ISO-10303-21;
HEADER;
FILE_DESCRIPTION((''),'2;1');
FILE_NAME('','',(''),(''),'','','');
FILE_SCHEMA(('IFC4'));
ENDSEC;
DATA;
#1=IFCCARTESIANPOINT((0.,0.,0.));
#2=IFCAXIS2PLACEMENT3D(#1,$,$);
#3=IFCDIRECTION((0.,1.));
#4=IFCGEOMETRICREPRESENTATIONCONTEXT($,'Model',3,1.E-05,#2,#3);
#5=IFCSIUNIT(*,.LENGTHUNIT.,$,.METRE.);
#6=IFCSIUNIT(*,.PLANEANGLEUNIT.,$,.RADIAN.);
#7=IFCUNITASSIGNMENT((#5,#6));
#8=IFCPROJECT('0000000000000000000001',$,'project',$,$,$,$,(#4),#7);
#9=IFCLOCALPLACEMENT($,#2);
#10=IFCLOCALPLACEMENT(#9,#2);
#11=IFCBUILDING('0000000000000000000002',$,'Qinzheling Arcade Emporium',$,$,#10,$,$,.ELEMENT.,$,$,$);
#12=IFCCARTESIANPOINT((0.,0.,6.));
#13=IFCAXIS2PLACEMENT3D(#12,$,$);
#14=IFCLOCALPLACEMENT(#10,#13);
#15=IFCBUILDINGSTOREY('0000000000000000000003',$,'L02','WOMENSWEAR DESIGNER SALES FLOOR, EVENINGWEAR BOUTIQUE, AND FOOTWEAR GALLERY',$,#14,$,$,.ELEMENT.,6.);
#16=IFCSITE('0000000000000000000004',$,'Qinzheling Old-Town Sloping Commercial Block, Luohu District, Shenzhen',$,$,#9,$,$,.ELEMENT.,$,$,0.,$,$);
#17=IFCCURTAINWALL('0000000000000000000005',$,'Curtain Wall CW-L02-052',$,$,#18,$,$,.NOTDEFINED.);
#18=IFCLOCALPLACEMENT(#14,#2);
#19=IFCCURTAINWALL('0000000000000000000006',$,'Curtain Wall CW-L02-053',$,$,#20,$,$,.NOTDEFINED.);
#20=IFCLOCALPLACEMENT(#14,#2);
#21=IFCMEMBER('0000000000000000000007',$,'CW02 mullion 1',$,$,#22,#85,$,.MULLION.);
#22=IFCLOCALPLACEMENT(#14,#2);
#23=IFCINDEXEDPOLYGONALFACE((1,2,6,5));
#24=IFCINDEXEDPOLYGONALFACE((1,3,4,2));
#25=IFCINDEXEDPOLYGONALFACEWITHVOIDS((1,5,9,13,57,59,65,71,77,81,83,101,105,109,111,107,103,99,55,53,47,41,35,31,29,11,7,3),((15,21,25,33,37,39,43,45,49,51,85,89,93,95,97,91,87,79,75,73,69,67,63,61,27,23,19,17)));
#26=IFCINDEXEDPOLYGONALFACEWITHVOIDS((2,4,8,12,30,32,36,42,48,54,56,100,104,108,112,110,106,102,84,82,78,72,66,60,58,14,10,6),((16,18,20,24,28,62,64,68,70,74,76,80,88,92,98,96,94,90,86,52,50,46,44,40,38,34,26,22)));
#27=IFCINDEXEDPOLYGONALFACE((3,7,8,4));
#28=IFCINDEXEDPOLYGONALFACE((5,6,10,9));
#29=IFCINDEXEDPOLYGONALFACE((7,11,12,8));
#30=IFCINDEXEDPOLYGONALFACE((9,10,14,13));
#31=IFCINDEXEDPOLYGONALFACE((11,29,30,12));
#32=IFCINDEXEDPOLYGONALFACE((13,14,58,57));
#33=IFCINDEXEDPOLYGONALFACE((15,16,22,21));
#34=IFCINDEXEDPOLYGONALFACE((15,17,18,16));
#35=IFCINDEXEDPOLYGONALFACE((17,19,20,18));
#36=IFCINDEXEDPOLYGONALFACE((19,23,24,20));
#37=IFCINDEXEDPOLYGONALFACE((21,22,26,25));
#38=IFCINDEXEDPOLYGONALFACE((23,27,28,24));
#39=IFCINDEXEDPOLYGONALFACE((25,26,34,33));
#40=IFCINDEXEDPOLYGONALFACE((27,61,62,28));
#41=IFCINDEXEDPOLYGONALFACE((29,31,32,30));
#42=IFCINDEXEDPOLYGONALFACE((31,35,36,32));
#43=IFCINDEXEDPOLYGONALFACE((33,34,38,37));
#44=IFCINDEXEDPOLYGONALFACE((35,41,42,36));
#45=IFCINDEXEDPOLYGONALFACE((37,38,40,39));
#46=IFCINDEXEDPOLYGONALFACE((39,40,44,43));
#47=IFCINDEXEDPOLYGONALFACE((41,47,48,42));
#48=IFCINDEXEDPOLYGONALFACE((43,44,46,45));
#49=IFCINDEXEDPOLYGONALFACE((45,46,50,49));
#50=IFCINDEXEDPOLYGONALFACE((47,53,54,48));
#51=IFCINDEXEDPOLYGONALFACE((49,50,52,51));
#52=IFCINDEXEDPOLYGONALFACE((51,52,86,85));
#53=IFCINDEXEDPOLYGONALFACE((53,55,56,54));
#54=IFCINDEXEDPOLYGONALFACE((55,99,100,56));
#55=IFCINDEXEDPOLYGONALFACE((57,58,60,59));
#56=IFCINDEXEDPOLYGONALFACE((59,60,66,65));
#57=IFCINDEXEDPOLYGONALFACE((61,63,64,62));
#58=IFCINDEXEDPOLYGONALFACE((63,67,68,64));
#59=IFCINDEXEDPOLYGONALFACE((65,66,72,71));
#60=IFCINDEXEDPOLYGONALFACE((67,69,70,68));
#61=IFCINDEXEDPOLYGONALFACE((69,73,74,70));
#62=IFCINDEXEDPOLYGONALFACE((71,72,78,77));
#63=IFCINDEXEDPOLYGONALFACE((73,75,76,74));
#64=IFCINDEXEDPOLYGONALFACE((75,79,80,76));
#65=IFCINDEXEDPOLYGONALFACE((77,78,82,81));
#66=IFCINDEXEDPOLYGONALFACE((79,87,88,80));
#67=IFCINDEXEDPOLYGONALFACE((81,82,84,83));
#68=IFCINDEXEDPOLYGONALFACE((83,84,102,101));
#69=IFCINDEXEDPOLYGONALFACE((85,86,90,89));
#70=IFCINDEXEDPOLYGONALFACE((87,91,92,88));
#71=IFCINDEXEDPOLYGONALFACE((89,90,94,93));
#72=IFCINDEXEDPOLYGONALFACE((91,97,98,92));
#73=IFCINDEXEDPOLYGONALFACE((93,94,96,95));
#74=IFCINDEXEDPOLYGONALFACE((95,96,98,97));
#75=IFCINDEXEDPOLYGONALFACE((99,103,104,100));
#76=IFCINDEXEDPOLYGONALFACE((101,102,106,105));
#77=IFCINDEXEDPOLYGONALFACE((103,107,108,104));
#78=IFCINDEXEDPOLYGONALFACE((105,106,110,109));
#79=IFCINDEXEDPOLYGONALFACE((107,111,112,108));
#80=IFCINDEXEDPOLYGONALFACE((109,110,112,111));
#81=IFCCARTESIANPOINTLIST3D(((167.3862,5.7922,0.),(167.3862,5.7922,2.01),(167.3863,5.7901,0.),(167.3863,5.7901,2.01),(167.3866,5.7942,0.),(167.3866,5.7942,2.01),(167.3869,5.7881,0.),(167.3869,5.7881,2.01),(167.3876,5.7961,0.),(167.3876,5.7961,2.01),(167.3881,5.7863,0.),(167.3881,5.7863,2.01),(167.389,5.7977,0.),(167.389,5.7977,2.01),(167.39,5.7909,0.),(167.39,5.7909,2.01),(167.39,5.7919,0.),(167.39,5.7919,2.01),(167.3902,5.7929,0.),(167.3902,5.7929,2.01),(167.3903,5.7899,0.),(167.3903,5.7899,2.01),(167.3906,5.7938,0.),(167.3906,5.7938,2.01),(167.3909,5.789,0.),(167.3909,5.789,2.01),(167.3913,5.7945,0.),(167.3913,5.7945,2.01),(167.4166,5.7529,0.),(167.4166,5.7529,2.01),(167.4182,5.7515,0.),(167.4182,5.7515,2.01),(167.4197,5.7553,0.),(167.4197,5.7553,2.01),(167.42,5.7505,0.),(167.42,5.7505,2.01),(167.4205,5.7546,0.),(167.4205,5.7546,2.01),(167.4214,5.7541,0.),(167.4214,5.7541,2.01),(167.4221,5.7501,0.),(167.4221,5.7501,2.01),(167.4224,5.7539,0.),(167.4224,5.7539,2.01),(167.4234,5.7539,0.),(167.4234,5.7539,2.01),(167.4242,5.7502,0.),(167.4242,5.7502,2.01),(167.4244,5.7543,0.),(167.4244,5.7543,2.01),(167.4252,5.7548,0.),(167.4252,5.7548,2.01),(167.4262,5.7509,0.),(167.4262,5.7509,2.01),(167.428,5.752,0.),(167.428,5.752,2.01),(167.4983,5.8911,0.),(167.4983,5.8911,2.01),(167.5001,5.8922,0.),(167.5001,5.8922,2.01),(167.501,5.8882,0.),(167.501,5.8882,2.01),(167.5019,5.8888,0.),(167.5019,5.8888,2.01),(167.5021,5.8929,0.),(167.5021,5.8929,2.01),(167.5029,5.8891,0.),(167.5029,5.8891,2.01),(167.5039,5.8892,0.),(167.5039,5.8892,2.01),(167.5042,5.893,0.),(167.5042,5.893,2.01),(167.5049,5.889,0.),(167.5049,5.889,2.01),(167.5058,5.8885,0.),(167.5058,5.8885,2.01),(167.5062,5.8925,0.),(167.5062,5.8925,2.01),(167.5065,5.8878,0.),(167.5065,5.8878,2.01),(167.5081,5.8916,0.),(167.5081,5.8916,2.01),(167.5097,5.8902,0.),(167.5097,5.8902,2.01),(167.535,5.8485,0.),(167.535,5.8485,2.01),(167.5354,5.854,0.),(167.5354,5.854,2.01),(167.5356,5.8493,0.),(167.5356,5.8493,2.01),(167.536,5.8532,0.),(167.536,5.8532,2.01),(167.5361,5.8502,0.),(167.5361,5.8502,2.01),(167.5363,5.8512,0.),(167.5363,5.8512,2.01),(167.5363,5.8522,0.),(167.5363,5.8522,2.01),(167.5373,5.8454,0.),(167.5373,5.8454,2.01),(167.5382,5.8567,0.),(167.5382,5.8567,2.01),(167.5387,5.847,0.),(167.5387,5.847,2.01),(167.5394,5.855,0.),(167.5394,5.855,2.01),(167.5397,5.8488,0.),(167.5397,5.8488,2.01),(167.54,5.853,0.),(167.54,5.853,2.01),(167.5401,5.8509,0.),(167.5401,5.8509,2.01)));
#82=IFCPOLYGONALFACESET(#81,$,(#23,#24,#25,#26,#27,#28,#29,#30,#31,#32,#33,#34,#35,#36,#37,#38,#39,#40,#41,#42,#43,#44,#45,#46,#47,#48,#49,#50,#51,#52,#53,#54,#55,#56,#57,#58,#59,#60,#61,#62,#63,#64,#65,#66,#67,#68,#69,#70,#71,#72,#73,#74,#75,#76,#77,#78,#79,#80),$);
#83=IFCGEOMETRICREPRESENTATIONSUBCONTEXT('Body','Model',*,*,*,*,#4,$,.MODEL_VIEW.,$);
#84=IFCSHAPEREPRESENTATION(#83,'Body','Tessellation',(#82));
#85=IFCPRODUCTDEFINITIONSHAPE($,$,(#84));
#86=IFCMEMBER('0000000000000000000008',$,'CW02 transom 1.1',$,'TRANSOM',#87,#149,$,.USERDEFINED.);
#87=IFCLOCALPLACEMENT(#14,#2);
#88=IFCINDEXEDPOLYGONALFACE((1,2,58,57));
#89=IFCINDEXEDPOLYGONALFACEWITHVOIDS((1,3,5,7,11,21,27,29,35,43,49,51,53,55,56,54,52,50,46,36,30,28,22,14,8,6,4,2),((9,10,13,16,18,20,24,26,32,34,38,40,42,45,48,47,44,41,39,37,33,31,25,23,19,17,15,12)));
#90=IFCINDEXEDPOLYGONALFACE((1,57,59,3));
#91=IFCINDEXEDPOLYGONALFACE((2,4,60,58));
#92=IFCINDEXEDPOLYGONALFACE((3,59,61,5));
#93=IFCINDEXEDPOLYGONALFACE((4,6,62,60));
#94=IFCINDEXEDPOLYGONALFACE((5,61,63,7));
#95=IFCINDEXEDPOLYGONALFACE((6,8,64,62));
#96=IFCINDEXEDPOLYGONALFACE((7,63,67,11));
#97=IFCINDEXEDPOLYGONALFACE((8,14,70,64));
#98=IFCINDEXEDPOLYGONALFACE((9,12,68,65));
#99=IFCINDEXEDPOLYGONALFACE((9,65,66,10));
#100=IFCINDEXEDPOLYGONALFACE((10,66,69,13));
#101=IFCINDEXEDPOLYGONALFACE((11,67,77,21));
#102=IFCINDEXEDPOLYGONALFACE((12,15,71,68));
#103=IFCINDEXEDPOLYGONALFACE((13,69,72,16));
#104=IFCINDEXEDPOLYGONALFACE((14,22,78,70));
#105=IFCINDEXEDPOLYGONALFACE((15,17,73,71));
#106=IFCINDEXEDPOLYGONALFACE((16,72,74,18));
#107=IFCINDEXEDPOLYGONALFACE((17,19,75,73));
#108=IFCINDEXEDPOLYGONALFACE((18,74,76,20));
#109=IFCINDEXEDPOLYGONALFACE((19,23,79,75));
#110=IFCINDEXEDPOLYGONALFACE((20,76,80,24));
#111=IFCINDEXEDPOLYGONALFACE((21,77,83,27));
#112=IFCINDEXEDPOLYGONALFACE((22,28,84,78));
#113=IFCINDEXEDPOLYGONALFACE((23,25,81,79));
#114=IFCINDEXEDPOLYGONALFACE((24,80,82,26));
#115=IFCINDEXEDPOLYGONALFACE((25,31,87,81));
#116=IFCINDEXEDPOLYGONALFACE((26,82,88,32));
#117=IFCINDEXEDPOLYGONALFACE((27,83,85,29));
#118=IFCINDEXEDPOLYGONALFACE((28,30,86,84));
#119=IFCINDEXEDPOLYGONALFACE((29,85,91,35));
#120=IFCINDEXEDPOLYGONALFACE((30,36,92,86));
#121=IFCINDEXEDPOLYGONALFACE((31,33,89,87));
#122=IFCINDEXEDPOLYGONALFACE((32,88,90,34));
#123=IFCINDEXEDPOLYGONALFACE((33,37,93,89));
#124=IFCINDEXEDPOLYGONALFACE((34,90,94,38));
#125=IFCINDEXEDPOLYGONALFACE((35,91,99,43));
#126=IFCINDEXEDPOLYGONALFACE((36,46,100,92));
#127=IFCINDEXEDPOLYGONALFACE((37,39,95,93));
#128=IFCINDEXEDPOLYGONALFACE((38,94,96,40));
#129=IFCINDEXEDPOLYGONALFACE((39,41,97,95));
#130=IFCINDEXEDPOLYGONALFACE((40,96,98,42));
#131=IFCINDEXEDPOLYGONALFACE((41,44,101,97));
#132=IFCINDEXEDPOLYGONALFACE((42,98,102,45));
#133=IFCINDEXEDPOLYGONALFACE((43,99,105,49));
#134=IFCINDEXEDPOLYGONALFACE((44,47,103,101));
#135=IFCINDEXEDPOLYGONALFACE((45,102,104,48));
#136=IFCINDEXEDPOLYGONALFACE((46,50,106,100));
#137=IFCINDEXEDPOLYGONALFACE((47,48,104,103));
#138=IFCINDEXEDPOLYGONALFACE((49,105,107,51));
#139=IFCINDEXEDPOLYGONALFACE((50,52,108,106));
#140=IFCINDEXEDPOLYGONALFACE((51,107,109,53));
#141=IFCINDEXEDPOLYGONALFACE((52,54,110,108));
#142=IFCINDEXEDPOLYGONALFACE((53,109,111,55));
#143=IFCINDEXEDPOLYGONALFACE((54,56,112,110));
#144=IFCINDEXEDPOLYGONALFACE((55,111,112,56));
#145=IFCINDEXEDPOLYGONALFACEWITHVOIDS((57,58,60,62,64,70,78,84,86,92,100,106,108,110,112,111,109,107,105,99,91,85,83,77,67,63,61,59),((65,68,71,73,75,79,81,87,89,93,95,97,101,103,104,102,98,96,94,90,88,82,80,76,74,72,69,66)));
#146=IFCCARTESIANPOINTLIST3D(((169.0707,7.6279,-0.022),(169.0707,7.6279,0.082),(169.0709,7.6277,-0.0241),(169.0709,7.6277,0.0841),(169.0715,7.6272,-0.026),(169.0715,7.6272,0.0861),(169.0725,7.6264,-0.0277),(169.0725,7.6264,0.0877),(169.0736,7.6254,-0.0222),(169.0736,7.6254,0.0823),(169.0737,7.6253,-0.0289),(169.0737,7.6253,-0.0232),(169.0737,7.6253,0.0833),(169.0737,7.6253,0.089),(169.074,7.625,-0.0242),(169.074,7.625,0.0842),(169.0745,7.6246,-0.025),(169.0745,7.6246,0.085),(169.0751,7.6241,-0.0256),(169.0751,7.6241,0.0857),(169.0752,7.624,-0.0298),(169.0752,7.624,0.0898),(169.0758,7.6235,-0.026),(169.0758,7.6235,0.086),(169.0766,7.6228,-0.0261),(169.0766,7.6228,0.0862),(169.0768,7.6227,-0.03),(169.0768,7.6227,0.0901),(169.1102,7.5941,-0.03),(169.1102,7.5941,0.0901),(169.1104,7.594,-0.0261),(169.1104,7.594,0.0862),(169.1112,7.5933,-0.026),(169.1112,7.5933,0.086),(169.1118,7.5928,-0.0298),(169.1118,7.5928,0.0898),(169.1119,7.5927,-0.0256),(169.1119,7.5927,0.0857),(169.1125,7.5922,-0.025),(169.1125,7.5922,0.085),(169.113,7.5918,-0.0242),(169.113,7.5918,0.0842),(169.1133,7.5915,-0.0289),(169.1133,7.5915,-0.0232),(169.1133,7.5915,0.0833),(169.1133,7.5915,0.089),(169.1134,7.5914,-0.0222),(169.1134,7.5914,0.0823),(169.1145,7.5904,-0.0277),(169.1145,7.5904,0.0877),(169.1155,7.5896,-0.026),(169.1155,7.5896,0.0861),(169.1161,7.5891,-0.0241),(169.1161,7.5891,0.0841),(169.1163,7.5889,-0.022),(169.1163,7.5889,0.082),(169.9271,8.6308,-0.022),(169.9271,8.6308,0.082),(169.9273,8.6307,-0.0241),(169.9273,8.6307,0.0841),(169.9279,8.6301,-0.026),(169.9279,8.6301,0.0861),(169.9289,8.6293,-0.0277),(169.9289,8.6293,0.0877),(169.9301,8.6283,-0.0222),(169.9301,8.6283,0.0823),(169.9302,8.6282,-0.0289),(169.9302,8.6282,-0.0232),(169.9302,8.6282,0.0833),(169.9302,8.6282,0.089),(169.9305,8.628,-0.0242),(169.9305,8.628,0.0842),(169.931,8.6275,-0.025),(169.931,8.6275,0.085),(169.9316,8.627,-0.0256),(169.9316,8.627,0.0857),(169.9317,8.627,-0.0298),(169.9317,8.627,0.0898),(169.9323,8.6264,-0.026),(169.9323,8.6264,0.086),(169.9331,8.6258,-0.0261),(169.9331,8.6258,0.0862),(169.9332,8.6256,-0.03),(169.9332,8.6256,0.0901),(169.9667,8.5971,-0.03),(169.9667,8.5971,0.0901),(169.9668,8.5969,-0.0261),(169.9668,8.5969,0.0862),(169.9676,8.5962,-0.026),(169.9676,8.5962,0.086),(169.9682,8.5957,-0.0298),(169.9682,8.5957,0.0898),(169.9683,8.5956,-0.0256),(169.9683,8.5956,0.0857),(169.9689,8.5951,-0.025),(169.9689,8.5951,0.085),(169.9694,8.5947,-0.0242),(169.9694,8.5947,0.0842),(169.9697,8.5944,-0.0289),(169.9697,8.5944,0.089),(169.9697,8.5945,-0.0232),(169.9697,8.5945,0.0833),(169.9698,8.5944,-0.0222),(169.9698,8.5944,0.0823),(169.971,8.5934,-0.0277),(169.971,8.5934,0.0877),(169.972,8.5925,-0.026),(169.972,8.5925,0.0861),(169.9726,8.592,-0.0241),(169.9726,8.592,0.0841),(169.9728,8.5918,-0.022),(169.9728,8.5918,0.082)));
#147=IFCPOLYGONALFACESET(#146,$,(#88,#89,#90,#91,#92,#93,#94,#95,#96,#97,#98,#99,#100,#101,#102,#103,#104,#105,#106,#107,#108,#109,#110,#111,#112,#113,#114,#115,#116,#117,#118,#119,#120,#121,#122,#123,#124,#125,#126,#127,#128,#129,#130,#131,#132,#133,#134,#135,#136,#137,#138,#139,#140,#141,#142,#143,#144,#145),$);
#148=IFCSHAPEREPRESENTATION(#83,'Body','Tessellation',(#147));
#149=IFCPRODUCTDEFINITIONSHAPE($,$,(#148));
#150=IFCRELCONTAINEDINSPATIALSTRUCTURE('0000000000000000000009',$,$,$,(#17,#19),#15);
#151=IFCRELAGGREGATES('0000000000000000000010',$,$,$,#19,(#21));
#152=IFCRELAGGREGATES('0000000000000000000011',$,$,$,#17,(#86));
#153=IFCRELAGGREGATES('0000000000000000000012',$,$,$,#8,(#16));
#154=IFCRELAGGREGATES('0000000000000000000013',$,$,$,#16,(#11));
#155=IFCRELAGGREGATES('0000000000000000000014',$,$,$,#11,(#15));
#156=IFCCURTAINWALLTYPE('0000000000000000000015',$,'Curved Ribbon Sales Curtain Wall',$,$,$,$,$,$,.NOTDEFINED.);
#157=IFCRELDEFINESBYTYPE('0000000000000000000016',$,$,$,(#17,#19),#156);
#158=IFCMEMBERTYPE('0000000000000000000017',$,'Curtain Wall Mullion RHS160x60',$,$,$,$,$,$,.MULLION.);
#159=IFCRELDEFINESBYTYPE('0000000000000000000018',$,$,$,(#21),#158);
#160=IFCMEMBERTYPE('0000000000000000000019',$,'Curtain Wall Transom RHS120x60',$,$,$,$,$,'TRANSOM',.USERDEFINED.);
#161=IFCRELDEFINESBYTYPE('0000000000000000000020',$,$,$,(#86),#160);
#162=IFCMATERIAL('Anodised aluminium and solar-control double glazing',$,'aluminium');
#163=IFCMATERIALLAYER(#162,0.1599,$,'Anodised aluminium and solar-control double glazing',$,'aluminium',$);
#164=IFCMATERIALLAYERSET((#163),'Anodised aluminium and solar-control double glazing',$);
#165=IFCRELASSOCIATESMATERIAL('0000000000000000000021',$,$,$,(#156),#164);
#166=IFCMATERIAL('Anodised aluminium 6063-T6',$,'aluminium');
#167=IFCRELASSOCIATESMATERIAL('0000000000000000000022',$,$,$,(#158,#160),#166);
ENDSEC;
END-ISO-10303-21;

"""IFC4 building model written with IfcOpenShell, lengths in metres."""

from ifc_helpers import new_model, si_unit, direction, frame, origin, origin_2d, place, context, subcontext, project, spatial, hollow_rectangle, extrude, material, layer, layer_set, material_profile, profile_set, type_object, element, aggregate, save


model = new_model("IFC4")

# Units and contexts
model_context = context("Model", 3, precision=1e-05, world=origin(), true_north=direction((0.0, 1.0)))
body_context = subcontext(model_context, "Body", "Model", "MODEL_VIEW")
ifc_project = project(units=[si_unit("LENGTHUNIT", "METRE"), si_unit("PLANEANGLEUNIT", "RADIAN")], contexts=[model_context])

# Site, building, storey
site_placement = place(None, origin())
site = spatial("IfcSite", under=ifc_project, at=site_placement, Name="Qinzheling Old-Town Sloping Commercial Block, Luohu District, Shenzhen", CompositionType="ELEMENT", RefElevation=0.0)
building_placement = place(site_placement, origin())
building = spatial("IfcBuilding", under=site, at=building_placement, Name="Qinzheling Arcade Emporium", CompositionType="ELEMENT")
storey_placement = place(building_placement, frame((0.0, 0.0, 6.0)))
storey = spatial("IfcBuildingStorey", under=building, at=storey_placement, Name="L02", Description="WOMENSWEAR DESIGNER SALES FLOOR, EVENINGWEAR BOUTIQUE, AND FOOTWEAR GALLERY", CompositionType="ELEMENT", Elevation=6.0)

# Curtain wall
ifc_material_1 = material(Name="Anodised aluminium and solar-control double glazing", Category="aluminium")
ifc_layer_1 = layer(ifc_material_1, 0.1599, Name="Anodised aluminium and solar-control double glazing", Category="aluminium")
ifc_layer_set_1 = layer_set([ifc_layer_1], Name="Anodised aluminium and solar-control double glazing")
curtain_wall_type = type_object("IfcCurtainWallType", Name="Curved Ribbon Sales Curtain Wall", PredefinedType="NOTDEFINED", material=ifc_layer_set_1)
curtain_wall_1_placement = place(storey_placement, origin())
curtain_wall_1 = element("IfcCurtainWall", 1, at=curtain_wall_1_placement, inside=storey, type_object=curtain_wall_type, Name="Curtain Wall CW-L02-052", PredefinedType="NOTDEFINED")
ifc_material_2 = material(Name="Anodised aluminium 6063-T6", Category="aluminium")
ifc_material_profile_1 = material_profile(ifc_material_2, hollow_rectangle(XDim=0.0601, YDim=0.1599, WallThickness=0.0039, InnerFilletRadius=0.0039, OuterFilletRadius=0.0081, at=origin_2d()), Name="RHS 160x60x4", Category="aluminium")
ifc_profile_set_1 = profile_set([ifc_material_profile_1], Name="Anodised aluminium 6063-T6")
member_type_1 = type_object("IfcMemberType", Name="Curtain Wall Mullion RHS160x60", PredefinedType="MULLION", material=ifc_profile_set_1)

# Curtain wall, member
curtain_wall_2_placement = place(storey_placement, origin())
curtain_wall_2 = element("IfcCurtainWall", 2, at=curtain_wall_2_placement, inside=storey, type_object=curtain_wall_type, Name="Curtain Wall CW-L02-053", PredefinedType="NOTDEFINED")
member_1_placement = place(storey_placement, frame((167.4631, 5.8215, 0.0), z_axis=(0.0, 0.0, 1.0), x_axis=(0.649388, -0.760458, 0.0)))
member_1 = element("IfcMember", 3, at=member_1_placement, type_object=member_type_1, Name="CW02 mullion 1", PredefinedType="MULLION", context=body_context, shape_type="SweptSolid", body=[
    extrude(hollow_rectangle(XDim=0.0601, YDim=0.1599, WallThickness=0.0039, InnerFilletRadius=0.0039, OuterFilletRadius=0.0081, at=origin_2d()), origin(), (0.0, 0.0, 1.0), 2.01),
])

# Member
ifc_material_profile_2 = material_profile(ifc_material_2, hollow_rectangle(XDim=0.0601, YDim=0.1201, WallThickness=0.0039, InnerFilletRadius=0.0039, OuterFilletRadius=0.0081, at=origin_2d()), Name="RHS 120x60x4", Category="aluminium")
ifc_profile_set_2 = profile_set([ifc_material_profile_2], Name="Anodised aluminium 6063-T6")
member_type_2 = type_object("IfcMemberType", Name="Curtain Wall Transom RHS120x60", ElementType="TRANSOM", PredefinedType="USERDEFINED", material=ifc_profile_set_2)
member_2_placement = place(storey_placement, frame((169.95, 8.6113, 0.03), z_axis=(-0.649388, -0.760457, 0.0), x_axis=(0.760457, -0.649388, 0.0)))
member_2 = element("IfcMember", 4, at=member_2_placement, type_object=member_type_2, Name="CW02 transom 1.1", ObjectType="TRANSOM", PredefinedType="USERDEFINED", context=body_context, shape_type="SweptSolid", body=[
    extrude(hollow_rectangle(XDim=0.0601, YDim=0.1201, WallThickness=0.0039, InnerFilletRadius=0.0039, OuterFilletRadius=0.0081, at=origin_2d()), origin(), (0.0, 0.0, 1.0), 1.3188),
])
aggregate(curtain_wall_2, [member_1])

aggregate(curtain_wall_1, [member_2])

save(model, "model.ifc")
